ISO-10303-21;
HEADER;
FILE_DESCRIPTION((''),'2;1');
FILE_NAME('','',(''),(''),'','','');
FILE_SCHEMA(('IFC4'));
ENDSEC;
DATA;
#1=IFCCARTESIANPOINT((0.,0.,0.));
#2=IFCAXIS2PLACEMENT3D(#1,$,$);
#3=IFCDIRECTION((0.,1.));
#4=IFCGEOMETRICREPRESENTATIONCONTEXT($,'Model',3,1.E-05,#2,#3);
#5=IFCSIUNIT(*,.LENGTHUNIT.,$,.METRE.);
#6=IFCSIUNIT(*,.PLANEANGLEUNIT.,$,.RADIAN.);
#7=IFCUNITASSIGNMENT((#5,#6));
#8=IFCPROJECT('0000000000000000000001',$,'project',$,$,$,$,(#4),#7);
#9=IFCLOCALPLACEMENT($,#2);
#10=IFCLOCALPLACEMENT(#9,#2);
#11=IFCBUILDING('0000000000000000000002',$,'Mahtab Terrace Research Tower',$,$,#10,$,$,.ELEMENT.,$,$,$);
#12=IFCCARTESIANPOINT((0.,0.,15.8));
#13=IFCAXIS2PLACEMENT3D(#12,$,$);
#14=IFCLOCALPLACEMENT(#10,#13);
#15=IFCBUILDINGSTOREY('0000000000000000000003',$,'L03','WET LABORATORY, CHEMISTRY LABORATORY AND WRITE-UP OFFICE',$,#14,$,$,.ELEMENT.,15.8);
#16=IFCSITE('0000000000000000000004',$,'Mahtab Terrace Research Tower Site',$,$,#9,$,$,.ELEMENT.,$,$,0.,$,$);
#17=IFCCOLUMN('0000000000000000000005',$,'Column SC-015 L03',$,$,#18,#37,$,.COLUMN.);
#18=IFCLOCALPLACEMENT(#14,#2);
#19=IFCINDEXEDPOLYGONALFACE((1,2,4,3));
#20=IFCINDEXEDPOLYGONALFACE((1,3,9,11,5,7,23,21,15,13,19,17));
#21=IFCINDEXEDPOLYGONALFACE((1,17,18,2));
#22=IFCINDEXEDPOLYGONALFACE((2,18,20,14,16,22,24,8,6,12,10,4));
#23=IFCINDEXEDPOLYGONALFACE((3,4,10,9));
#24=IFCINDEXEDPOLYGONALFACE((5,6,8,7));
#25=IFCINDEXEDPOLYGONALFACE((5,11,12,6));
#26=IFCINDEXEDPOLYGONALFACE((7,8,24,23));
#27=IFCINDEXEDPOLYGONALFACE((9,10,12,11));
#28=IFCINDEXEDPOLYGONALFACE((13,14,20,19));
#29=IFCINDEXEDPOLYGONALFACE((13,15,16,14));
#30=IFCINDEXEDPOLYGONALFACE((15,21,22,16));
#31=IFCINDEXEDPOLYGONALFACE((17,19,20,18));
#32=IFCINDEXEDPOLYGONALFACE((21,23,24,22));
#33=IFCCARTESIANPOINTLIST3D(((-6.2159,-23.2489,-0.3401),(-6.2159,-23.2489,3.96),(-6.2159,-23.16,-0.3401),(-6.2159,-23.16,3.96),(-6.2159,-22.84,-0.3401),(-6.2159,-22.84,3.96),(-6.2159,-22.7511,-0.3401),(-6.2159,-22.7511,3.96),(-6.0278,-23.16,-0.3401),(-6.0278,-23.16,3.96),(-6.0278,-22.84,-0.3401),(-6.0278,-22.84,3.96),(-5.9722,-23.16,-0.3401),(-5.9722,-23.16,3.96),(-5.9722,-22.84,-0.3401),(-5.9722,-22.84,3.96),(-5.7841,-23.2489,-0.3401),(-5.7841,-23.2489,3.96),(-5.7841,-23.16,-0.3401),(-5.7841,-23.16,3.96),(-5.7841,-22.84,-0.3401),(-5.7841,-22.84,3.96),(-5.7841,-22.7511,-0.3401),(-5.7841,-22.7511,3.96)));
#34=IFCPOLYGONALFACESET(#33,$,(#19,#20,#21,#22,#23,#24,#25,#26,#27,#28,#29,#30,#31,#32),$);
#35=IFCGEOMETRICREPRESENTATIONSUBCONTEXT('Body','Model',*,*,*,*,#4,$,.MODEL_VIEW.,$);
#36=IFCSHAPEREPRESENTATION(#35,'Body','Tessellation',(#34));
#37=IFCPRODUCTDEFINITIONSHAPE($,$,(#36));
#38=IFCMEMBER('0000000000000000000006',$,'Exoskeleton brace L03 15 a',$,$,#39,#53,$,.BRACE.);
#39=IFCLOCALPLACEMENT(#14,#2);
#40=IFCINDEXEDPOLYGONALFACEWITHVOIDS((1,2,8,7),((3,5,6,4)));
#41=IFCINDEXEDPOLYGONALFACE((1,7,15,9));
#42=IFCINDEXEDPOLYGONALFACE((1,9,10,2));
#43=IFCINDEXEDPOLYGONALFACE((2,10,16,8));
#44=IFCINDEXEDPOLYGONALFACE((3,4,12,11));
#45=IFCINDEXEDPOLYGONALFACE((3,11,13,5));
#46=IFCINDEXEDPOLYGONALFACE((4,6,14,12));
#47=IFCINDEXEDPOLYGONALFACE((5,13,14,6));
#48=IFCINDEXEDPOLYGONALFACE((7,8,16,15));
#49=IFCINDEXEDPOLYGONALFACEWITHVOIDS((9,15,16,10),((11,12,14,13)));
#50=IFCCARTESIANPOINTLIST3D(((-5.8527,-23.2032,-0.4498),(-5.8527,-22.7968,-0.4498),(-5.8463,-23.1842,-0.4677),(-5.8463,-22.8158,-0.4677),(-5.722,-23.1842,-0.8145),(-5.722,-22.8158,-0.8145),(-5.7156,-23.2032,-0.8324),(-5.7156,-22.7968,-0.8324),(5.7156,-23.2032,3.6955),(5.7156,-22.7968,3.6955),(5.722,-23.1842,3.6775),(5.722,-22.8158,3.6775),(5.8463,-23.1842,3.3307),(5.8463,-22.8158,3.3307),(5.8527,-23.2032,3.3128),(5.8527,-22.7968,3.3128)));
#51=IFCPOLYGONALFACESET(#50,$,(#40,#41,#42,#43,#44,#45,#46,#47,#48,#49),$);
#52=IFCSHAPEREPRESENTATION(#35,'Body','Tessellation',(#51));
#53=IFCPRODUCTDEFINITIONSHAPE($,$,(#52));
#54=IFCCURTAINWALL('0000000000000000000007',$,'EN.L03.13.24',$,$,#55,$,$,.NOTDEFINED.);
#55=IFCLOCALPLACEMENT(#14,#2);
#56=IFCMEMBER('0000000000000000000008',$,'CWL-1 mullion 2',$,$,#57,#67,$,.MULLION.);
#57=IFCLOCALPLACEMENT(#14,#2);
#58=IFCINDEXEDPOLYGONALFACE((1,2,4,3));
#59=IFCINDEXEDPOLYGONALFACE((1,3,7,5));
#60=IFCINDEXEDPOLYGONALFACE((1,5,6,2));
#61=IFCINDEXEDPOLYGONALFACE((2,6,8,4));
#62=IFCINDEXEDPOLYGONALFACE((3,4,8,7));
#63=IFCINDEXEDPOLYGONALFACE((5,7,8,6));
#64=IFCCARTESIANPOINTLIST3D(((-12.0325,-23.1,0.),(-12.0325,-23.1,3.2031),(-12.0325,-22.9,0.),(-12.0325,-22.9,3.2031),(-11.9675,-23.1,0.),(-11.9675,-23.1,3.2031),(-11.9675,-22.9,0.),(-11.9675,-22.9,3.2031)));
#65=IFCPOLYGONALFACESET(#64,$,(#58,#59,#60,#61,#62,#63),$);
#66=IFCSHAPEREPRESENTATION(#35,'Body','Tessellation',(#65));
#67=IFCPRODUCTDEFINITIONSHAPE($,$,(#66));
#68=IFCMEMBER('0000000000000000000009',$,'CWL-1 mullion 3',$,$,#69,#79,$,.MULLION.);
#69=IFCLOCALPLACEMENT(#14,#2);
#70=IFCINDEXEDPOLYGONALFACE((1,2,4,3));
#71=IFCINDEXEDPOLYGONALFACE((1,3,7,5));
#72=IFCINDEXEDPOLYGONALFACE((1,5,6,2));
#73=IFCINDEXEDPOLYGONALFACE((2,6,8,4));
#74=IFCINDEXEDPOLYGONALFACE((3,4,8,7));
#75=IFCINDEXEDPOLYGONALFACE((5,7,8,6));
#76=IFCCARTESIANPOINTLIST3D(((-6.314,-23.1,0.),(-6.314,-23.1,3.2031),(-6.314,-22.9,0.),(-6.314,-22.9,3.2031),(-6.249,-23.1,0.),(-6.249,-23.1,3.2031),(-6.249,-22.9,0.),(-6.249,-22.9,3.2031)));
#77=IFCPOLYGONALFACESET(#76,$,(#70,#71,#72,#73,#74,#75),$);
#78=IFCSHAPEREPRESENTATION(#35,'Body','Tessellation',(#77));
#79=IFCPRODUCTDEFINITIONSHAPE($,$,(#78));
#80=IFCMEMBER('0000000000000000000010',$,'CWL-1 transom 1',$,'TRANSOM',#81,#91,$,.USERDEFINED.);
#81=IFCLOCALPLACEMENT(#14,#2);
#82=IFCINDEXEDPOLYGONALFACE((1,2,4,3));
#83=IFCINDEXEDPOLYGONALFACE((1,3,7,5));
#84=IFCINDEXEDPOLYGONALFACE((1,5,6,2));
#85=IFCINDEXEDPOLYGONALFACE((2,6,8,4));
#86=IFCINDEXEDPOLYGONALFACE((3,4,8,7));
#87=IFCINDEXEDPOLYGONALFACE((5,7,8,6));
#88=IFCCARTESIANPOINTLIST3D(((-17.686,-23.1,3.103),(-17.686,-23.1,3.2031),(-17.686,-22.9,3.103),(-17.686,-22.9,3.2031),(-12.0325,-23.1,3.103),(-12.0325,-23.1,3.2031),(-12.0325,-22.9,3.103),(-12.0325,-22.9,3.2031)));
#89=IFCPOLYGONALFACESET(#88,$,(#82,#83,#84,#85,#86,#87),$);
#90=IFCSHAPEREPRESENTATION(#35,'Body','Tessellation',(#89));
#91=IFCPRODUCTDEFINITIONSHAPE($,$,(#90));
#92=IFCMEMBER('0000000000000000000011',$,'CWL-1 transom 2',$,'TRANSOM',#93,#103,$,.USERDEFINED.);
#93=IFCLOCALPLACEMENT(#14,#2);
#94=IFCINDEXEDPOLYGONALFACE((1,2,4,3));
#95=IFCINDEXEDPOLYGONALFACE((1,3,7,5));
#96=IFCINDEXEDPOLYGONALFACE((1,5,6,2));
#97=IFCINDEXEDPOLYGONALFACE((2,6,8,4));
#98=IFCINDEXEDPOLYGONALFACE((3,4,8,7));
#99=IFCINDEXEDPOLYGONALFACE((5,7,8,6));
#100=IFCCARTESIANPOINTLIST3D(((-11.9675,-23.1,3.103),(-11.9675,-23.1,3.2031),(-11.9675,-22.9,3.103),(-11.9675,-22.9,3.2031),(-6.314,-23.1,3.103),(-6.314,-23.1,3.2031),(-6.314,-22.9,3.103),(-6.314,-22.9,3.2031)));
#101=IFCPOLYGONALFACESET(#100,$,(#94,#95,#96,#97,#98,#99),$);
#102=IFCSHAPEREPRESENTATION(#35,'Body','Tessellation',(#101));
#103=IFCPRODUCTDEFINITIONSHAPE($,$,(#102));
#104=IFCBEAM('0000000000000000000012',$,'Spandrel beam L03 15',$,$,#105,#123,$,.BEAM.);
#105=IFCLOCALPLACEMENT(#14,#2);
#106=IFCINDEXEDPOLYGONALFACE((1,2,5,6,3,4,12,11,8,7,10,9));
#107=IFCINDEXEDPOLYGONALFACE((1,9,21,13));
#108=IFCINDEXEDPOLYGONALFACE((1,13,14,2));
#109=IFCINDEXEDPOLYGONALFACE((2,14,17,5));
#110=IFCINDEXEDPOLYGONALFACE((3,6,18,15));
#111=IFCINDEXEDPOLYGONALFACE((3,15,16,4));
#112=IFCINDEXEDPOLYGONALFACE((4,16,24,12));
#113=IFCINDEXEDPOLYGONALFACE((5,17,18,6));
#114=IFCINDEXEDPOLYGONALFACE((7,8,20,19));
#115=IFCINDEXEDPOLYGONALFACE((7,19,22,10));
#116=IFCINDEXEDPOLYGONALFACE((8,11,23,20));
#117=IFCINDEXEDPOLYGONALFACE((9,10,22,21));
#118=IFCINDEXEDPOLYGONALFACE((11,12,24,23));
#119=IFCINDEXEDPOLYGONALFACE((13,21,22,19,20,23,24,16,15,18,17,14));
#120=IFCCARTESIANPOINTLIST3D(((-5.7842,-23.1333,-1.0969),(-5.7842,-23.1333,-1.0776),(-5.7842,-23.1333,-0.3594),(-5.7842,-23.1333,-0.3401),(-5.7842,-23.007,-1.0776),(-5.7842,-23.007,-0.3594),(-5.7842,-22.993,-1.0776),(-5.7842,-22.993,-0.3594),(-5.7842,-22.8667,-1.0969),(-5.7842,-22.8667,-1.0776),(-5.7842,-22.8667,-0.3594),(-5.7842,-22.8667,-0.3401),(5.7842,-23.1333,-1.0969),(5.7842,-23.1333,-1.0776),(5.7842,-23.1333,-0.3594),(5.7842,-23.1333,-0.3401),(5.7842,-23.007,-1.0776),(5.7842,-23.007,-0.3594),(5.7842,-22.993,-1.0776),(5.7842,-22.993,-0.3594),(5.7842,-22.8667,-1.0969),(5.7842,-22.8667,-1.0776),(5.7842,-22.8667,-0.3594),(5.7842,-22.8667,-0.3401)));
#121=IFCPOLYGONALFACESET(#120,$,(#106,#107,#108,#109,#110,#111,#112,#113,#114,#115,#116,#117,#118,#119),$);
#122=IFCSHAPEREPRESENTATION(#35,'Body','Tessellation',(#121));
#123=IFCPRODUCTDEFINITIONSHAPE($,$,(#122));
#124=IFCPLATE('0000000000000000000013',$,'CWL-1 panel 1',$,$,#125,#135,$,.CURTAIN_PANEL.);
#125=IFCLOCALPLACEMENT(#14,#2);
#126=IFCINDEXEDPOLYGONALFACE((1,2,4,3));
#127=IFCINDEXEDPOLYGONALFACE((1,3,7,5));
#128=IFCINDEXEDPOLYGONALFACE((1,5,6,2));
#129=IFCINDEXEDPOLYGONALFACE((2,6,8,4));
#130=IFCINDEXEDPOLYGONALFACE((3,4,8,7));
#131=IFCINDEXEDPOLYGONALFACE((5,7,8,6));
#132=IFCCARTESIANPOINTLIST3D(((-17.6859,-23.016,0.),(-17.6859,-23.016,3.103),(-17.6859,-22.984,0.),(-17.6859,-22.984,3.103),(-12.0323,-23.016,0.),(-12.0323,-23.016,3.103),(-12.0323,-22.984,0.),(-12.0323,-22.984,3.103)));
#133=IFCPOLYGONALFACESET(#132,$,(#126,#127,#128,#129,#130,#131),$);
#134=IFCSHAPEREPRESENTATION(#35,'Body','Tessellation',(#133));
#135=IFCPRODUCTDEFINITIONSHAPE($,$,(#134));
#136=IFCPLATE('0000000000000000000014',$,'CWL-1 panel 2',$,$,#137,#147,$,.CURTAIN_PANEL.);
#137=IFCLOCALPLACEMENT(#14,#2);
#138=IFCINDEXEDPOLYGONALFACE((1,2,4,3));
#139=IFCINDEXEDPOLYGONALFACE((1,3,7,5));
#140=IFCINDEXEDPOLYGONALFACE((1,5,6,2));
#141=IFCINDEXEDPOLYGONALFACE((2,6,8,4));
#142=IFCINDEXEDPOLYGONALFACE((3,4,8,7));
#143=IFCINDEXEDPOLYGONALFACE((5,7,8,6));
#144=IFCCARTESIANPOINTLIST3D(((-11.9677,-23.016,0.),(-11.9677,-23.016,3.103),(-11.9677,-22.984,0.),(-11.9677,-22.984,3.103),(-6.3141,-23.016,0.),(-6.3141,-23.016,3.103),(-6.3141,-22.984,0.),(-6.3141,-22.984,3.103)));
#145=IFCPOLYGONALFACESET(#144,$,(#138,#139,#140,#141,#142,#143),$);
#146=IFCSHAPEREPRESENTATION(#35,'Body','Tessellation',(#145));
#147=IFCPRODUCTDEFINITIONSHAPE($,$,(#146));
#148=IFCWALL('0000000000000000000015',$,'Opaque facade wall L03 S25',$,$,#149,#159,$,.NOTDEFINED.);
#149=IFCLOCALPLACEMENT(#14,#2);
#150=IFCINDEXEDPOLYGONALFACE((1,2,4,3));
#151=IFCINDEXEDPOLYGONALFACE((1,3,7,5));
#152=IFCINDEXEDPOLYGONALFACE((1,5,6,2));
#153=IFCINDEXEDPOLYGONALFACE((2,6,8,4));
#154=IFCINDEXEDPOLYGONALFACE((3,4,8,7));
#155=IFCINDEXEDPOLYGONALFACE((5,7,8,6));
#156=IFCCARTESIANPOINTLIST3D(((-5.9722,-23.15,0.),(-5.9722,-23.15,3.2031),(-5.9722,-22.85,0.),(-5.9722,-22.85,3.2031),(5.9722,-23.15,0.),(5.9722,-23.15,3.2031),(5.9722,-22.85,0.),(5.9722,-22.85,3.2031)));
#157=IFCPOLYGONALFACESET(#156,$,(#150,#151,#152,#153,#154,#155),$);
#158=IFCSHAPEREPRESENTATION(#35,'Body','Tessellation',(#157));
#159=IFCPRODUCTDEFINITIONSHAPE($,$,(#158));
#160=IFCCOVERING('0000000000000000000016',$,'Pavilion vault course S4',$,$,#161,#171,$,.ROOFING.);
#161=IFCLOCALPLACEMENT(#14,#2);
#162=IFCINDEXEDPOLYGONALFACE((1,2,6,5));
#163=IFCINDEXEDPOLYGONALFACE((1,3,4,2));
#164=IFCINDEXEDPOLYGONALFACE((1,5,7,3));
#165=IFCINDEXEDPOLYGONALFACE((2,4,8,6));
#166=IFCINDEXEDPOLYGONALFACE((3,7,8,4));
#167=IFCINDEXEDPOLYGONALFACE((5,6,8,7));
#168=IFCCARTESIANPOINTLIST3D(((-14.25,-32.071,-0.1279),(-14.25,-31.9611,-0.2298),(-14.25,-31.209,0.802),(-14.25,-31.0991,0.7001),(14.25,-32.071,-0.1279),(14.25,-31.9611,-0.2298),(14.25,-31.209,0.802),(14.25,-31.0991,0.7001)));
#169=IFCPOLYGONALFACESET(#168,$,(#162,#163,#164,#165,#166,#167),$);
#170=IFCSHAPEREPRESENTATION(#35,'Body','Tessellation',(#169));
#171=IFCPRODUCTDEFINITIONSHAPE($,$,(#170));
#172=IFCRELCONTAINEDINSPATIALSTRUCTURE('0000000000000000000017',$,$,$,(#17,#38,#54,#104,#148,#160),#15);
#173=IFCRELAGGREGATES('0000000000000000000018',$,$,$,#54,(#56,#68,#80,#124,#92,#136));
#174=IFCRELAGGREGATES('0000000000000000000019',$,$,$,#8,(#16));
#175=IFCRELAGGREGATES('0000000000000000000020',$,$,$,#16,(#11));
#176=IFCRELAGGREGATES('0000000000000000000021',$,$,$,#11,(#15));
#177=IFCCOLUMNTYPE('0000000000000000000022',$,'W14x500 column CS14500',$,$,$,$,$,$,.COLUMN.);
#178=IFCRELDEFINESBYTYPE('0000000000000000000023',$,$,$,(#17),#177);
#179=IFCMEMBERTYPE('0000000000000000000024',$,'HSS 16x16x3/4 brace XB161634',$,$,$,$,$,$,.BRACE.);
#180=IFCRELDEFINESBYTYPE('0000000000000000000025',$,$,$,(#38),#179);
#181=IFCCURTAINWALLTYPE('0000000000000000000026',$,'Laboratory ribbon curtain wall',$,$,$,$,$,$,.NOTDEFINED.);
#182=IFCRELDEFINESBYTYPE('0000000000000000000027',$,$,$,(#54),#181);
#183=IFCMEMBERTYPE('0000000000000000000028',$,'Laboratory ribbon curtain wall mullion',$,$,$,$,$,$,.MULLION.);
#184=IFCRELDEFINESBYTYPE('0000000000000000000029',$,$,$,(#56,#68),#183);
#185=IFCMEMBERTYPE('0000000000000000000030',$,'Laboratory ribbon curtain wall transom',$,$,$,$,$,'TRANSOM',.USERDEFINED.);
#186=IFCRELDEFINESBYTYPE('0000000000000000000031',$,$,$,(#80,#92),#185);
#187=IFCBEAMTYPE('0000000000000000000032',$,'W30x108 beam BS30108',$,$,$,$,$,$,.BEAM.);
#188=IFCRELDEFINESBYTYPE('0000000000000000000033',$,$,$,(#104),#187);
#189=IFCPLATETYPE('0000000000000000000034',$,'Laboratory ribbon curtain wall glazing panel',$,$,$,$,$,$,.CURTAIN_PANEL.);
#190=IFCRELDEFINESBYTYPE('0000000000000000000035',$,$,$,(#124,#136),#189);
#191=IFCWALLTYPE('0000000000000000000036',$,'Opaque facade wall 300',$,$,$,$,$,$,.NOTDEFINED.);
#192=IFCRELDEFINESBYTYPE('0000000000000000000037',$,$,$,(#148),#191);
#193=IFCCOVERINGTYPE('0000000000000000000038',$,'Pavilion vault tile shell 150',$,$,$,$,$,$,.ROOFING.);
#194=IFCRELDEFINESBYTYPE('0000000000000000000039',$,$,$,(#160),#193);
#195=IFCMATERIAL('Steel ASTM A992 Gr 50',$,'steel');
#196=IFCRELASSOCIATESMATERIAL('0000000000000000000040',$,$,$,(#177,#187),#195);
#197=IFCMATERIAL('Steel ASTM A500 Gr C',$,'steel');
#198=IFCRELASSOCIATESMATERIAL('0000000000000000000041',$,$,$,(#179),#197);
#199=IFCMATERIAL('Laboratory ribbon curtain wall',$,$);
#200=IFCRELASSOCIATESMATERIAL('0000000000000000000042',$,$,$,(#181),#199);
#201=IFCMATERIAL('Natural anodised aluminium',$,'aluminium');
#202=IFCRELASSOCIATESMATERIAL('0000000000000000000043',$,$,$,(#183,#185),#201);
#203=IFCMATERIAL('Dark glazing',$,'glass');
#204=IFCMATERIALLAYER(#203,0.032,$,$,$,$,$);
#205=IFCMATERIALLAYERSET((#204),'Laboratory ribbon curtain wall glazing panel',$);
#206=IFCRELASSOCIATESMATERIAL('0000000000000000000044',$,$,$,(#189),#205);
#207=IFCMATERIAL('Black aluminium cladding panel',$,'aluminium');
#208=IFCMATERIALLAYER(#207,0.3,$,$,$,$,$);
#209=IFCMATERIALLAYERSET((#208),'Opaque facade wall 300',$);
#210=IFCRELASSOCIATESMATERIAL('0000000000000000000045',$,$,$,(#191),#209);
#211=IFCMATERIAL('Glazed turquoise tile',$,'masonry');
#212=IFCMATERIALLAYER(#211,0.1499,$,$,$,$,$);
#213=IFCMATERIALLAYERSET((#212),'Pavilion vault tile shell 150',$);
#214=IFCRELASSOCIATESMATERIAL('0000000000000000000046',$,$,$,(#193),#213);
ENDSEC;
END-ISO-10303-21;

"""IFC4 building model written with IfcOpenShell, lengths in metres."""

from ifc_helpers import new_model, si_unit, direction, frame, frame_2d, origin, origin_2d, place, context, subcontext, project, spatial, polyline, rectangle, hollow_rectangle, i_section, outline, extrude, material, layer, layer_set, material_profile, profile_set, type_object, element, aggregate, save


model = new_model("IFC4")

# Units and contexts
model_context = context("Model", 3, precision=1e-05, world=origin(), true_north=direction((0.0, 1.0)))
body_context = subcontext(model_context, "Body", "Model", "MODEL_VIEW")
ifc_project = project(units=[si_unit("LENGTHUNIT", "METRE"), si_unit("PLANEANGLEUNIT", "RADIAN")], contexts=[model_context])

# Site, building, storey
site_placement = place(None, origin())
site = spatial("IfcSite", under=ifc_project, at=site_placement, Name="Mahtab Terrace Research Tower Site", CompositionType="ELEMENT", RefElevation=0.0)
building_placement = place(site_placement, origin())
building = spatial("IfcBuilding", under=site, at=building_placement, Name="Mahtab Terrace Research Tower", CompositionType="ELEMENT")
storey_placement = place(building_placement, frame((0.0, 0.0, 15.8)))
storey = spatial("IfcBuildingStorey", under=building, at=storey_placement, Name="L03", Description="WET LABORATORY, CHEMISTRY LABORATORY AND WRITE-UP OFFICE", CompositionType="ELEMENT", Elevation=15.8)

# Column
ifc_material_1 = material(Name="Steel ASTM A992 Gr 50", Category="steel")
ifc_material_profile_1 = material_profile(ifc_material_1, i_section(OverallWidth=0.4319, OverallDepth=0.4978, WebThickness=0.0557, FlangeThickness=0.0889, at=origin_2d()), Name="W14X500")
ifc_profile_set_1 = profile_set([ifc_material_profile_1], Name="Steel ASTM A992 Gr 50")
column_type = type_object("IfcColumnType", Name="W14x500 column CS14500", PredefinedType="COLUMN", material=ifc_profile_set_1)
column_placement = place(storey_placement, frame((-6.0, -23.0, -0.3401), z_axis=(0.0, 0.0, 1.0), x_axis=(1.0, 0.0, 0.0)))
element("IfcColumn", 1, at=column_placement, inside=storey, type_object=column_type, Name="Column SC-015 L03", PredefinedType="COLUMN", context=body_context, shape_type="SweptSolid", body=[
    extrude(i_section(OverallWidth=0.4319, OverallDepth=0.4978, WebThickness=0.0557, FlangeThickness=0.0889, at=origin_2d()), origin(), (0.0, 0.0, 1.0), 4.3),
])

# Member
ifc_material_2 = material(Name="Steel ASTM A500 Gr C", Category="steel")
ifc_material_profile_2 = material_profile(ifc_material_2, hollow_rectangle(XDim=0.4065, YDim=0.4065, WallThickness=0.019, at=origin_2d()), Name="HSS16X16X3/4")
ifc_profile_set_2 = profile_set([ifc_material_profile_2], Name="Steel ASTM A500 Gr C")
member_type_1 = type_object("IfcMemberType", Name="HSS 16x16x3/4 brace XB161634", PredefinedType="BRACE", material=ifc_profile_set_2)
member_1_placement = place(storey_placement, frame((-5.7842, -23.0, -0.6411), z_axis=(0.941388, 0.0, 0.337325), x_axis=(0.0, 1.0, 0.0)))
element("IfcMember", 2, at=member_1_placement, inside=storey, type_object=member_type_1, Name="Exoskeleton brace L03 15 a", PredefinedType="BRACE", context=body_context, shape_type="SweptSolid", body=[
    extrude(hollow_rectangle(XDim=0.4065, YDim=0.4065, WallThickness=0.019, at=origin_2d()), origin(), (0.0, 0.0, 1.0), 12.2886),
])

# Curtain wall, members
ifc_material_3 = material(Name="Laboratory ribbon curtain wall")
curtain_wall_type = type_object("IfcCurtainWallType", Name="Laboratory ribbon curtain wall", PredefinedType="NOTDEFINED", material=ifc_material_3)
curtain_wall_placement = place(storey_placement, origin())
curtain_wall = element("IfcCurtainWall", 3, at=curtain_wall_placement, inside=storey, type_object=curtain_wall_type, Name="EN.L03.13.24", PredefinedType="NOTDEFINED")
ifc_material_4 = material(Name="Natural anodised aluminium", Category="aluminium")
ifc_material_profile_3 = material_profile(ifc_material_4, rectangle(XDim=0.2, YDim=0.0649, at=origin_2d()), Name="MULLION 65x200")
ifc_profile_set_3 = profile_set([ifc_material_profile_3], Name="Natural anodised aluminium")
member_type_2 = type_object("IfcMemberType", Name="Laboratory ribbon curtain wall mullion", PredefinedType="MULLION", material=ifc_profile_set_3)
member_2_placement = place(storey_placement, frame((-12.0, -23.0, 0.0), z_axis=(0.0, 0.0, 1.0), x_axis=(0.0, 1.0, 0.0)))
member_2 = element("IfcMember", 4, at=member_2_placement, type_object=member_type_2, Name="CWL-1 mullion 2", PredefinedType="MULLION", context=body_context, shape_type="SweptSolid", body=[
    extrude(rectangle(XDim=0.2, YDim=0.0649, at=origin_2d()), origin(), (0.0, 0.0, 1.0), 3.2031),
])
member_3_placement = place(storey_placement, frame((-6.2815, -23.0, 0.0), z_axis=(0.0, 0.0, 1.0), x_axis=(0.0, 1.0, 0.0)))
member_3 = element("IfcMember", 5, at=member_3_placement, type_object=member_type_2, Name="CWL-1 mullion 3", PredefinedType="MULLION", context=body_context, shape_type="SweptSolid", body=[
    extrude(rectangle(XDim=0.2, YDim=0.0649, at=origin_2d()), origin(), (0.0, 0.0, 1.0), 3.2031),
])
ifc_material_profile_4 = material_profile(ifc_material_4, rectangle(XDim=0.2, YDim=0.1001, at=origin_2d()), Name="TRANSOM 100x200")
ifc_profile_set_4 = profile_set([ifc_material_profile_4], Name="Natural anodised aluminium")
member_type_3 = type_object("IfcMemberType", Name="Laboratory ribbon curtain wall transom", ElementType="TRANSOM", PredefinedType="USERDEFINED", material=ifc_profile_set_4)
member_4_placement = place(storey_placement, frame((-17.686, -23.0, 3.1531), z_axis=(1.0, 0.0, 0.0), x_axis=(0.0, 1.0, 0.0)))
member_4 = element("IfcMember", 6, at=member_4_placement, type_object=member_type_3, Name="CWL-1 transom 1", ObjectType="TRANSOM", PredefinedType="USERDEFINED", context=body_context, shape_type="SweptSolid", body=[
    extrude(rectangle(XDim=0.2, YDim=0.1001, at=origin_2d()), origin(), (0.0, 0.0, 1.0), 5.6536),
])
member_5_placement = place(storey_placement, frame((-11.9675, -23.0, 3.1531), z_axis=(1.0, 0.0, 0.0), x_axis=(0.0, 1.0, 0.0)))
member_5 = element("IfcMember", 7, at=member_5_placement, type_object=member_type_3, Name="CWL-1 transom 2", ObjectType="TRANSOM", PredefinedType="USERDEFINED", context=body_context, shape_type="SweptSolid", body=[
    extrude(rectangle(XDim=0.2, YDim=0.1001, at=origin_2d()), origin(), (0.0, 0.0, 1.0), 5.6536),
])

# Beam
ifc_material_profile_5 = material_profile(ifc_material_1, i_section(OverallWidth=0.2666, OverallDepth=0.7568, WebThickness=0.0139, FlangeThickness=0.0193, at=origin_2d()), Name="W30X108")
ifc_profile_set_5 = profile_set([ifc_material_profile_5], Name="Steel ASTM A992 Gr 50")
beam_type = type_object("IfcBeamType", Name="W30x108 beam BS30108", PredefinedType="BEAM", material=ifc_profile_set_5)
beam_placement = place(storey_placement, frame((-5.7842, -23.0, -0.7185), z_axis=(1.0, 0.0, 0.0), x_axis=(0.0, 1.0, 0.0)))
element("IfcBeam", 8, at=beam_placement, inside=storey, type_object=beam_type, Name="Spandrel beam L03 15", PredefinedType="BEAM", context=body_context, shape_type="SweptSolid", body=[
    extrude(i_section(OverallWidth=0.2666, OverallDepth=0.7568, WebThickness=0.0139, FlangeThickness=0.0193, at=origin_2d()), origin(), (0.0, 0.0, 1.0), 11.5684),
])

# Plates
ifc_material_5 = material(Name="Dark glazing", Category="glass")
ifc_layer_1 = layer(ifc_material_5, 0.032)
ifc_layer_set_1 = layer_set([ifc_layer_1], Name="Laboratory ribbon curtain wall glazing panel")
plate_type = type_object("IfcPlateType", Name="Laboratory ribbon curtain wall glazing panel", PredefinedType="CURTAIN_PANEL", material=ifc_layer_set_1)
plate_1_placement = place(storey_placement, frame((-14.8591, -23.0, 0.0), z_axis=(0.0, 0.0, 1.0), x_axis=(1.0, 0.0, 0.0)))
plate_1 = element("IfcPlate", 9, at=plate_1_placement, type_object=plate_type, Name="CWL-1 panel 1", PredefinedType="CURTAIN_PANEL", context=body_context, shape_type="SweptSolid", body=[
    extrude(rectangle(XDim=5.6536, YDim=0.032, at=origin_2d()), origin(), (0.0, 0.0, 1.0), 3.103),
])
plate_2_placement = place(storey_placement, frame((-9.1409, -23.0, 0.0), z_axis=(0.0, 0.0, 1.0), x_axis=(1.0, 0.0, 0.0)))
plate_2 = element("IfcPlate", 10, at=plate_2_placement, type_object=plate_type, Name="CWL-1 panel 2", PredefinedType="CURTAIN_PANEL", context=body_context, shape_type="SweptSolid", body=[
    extrude(rectangle(XDim=5.6536, YDim=0.032, at=origin_2d()), origin(), (0.0, 0.0, 1.0), 3.103),
])
aggregate(curtain_wall, [member_2, member_3, member_4, plate_1, member_5, plate_2])

# Wall
ifc_material_6 = material(Name="Black aluminium cladding panel", Category="aluminium")
ifc_layer_2 = layer(ifc_material_6, 0.3)
ifc_layer_set_2 = layer_set([ifc_layer_2], Name="Opaque facade wall 300")
wall_type = type_object("IfcWallType", Name="Opaque facade wall 300", PredefinedType="NOTDEFINED", material=ifc_layer_set_2)
wall_placement = place(storey_placement, frame((-5.9722, -23.0, 0.0), z_axis=(0.0, 0.0, 1.0), x_axis=(1.0, 0.0, 0.0)))
element("IfcWall", 11, at=wall_placement, inside=storey, type_object=wall_type, Name="Opaque facade wall L03 S25", PredefinedType="NOTDEFINED", context=body_context, shape_type="SweptSolid", body=[
    extrude(rectangle(XDim=11.9443, YDim=0.3, at=frame_2d((5.9722, 0.0))), origin(), (0.0, 0.0, 1.0), 3.2031),
])

# Covering
ifc_material_7 = material(Name="Glazed turquoise tile", Category="masonry")
ifc_layer_3 = layer(ifc_material_7, 0.1499)
ifc_layer_set_3 = layer_set([ifc_layer_3], Name="Pavilion vault tile shell 150")
covering_type = type_object("IfcCoveringType", Name="Pavilion vault tile shell 150", PredefinedType="ROOFING", material=ifc_layer_set_3)
covering_1_placement = place(storey_placement, frame((-14.25, -32.071, -0.1279), z_axis=(0.0, -0.733362, 0.679838), x_axis=(1.0, 0.0, 0.0)))
element("IfcCovering", 12, at=covering_1_placement, inside=storey, type_object=covering_type, Name="Pavilion vault course S4", PredefinedType="ROOFING", context=body_context, shape_type="SweptSolid", body=[
    extrude(outline(polyline([(0.0, 0.0), (28.5, 0.0), (28.5, 1.268), (0.0, 1.268), (0.0, 0.0)])), origin(), (0.0, 0.0, -1.0), 0.1499),
])

save(model, "model.ifc")
